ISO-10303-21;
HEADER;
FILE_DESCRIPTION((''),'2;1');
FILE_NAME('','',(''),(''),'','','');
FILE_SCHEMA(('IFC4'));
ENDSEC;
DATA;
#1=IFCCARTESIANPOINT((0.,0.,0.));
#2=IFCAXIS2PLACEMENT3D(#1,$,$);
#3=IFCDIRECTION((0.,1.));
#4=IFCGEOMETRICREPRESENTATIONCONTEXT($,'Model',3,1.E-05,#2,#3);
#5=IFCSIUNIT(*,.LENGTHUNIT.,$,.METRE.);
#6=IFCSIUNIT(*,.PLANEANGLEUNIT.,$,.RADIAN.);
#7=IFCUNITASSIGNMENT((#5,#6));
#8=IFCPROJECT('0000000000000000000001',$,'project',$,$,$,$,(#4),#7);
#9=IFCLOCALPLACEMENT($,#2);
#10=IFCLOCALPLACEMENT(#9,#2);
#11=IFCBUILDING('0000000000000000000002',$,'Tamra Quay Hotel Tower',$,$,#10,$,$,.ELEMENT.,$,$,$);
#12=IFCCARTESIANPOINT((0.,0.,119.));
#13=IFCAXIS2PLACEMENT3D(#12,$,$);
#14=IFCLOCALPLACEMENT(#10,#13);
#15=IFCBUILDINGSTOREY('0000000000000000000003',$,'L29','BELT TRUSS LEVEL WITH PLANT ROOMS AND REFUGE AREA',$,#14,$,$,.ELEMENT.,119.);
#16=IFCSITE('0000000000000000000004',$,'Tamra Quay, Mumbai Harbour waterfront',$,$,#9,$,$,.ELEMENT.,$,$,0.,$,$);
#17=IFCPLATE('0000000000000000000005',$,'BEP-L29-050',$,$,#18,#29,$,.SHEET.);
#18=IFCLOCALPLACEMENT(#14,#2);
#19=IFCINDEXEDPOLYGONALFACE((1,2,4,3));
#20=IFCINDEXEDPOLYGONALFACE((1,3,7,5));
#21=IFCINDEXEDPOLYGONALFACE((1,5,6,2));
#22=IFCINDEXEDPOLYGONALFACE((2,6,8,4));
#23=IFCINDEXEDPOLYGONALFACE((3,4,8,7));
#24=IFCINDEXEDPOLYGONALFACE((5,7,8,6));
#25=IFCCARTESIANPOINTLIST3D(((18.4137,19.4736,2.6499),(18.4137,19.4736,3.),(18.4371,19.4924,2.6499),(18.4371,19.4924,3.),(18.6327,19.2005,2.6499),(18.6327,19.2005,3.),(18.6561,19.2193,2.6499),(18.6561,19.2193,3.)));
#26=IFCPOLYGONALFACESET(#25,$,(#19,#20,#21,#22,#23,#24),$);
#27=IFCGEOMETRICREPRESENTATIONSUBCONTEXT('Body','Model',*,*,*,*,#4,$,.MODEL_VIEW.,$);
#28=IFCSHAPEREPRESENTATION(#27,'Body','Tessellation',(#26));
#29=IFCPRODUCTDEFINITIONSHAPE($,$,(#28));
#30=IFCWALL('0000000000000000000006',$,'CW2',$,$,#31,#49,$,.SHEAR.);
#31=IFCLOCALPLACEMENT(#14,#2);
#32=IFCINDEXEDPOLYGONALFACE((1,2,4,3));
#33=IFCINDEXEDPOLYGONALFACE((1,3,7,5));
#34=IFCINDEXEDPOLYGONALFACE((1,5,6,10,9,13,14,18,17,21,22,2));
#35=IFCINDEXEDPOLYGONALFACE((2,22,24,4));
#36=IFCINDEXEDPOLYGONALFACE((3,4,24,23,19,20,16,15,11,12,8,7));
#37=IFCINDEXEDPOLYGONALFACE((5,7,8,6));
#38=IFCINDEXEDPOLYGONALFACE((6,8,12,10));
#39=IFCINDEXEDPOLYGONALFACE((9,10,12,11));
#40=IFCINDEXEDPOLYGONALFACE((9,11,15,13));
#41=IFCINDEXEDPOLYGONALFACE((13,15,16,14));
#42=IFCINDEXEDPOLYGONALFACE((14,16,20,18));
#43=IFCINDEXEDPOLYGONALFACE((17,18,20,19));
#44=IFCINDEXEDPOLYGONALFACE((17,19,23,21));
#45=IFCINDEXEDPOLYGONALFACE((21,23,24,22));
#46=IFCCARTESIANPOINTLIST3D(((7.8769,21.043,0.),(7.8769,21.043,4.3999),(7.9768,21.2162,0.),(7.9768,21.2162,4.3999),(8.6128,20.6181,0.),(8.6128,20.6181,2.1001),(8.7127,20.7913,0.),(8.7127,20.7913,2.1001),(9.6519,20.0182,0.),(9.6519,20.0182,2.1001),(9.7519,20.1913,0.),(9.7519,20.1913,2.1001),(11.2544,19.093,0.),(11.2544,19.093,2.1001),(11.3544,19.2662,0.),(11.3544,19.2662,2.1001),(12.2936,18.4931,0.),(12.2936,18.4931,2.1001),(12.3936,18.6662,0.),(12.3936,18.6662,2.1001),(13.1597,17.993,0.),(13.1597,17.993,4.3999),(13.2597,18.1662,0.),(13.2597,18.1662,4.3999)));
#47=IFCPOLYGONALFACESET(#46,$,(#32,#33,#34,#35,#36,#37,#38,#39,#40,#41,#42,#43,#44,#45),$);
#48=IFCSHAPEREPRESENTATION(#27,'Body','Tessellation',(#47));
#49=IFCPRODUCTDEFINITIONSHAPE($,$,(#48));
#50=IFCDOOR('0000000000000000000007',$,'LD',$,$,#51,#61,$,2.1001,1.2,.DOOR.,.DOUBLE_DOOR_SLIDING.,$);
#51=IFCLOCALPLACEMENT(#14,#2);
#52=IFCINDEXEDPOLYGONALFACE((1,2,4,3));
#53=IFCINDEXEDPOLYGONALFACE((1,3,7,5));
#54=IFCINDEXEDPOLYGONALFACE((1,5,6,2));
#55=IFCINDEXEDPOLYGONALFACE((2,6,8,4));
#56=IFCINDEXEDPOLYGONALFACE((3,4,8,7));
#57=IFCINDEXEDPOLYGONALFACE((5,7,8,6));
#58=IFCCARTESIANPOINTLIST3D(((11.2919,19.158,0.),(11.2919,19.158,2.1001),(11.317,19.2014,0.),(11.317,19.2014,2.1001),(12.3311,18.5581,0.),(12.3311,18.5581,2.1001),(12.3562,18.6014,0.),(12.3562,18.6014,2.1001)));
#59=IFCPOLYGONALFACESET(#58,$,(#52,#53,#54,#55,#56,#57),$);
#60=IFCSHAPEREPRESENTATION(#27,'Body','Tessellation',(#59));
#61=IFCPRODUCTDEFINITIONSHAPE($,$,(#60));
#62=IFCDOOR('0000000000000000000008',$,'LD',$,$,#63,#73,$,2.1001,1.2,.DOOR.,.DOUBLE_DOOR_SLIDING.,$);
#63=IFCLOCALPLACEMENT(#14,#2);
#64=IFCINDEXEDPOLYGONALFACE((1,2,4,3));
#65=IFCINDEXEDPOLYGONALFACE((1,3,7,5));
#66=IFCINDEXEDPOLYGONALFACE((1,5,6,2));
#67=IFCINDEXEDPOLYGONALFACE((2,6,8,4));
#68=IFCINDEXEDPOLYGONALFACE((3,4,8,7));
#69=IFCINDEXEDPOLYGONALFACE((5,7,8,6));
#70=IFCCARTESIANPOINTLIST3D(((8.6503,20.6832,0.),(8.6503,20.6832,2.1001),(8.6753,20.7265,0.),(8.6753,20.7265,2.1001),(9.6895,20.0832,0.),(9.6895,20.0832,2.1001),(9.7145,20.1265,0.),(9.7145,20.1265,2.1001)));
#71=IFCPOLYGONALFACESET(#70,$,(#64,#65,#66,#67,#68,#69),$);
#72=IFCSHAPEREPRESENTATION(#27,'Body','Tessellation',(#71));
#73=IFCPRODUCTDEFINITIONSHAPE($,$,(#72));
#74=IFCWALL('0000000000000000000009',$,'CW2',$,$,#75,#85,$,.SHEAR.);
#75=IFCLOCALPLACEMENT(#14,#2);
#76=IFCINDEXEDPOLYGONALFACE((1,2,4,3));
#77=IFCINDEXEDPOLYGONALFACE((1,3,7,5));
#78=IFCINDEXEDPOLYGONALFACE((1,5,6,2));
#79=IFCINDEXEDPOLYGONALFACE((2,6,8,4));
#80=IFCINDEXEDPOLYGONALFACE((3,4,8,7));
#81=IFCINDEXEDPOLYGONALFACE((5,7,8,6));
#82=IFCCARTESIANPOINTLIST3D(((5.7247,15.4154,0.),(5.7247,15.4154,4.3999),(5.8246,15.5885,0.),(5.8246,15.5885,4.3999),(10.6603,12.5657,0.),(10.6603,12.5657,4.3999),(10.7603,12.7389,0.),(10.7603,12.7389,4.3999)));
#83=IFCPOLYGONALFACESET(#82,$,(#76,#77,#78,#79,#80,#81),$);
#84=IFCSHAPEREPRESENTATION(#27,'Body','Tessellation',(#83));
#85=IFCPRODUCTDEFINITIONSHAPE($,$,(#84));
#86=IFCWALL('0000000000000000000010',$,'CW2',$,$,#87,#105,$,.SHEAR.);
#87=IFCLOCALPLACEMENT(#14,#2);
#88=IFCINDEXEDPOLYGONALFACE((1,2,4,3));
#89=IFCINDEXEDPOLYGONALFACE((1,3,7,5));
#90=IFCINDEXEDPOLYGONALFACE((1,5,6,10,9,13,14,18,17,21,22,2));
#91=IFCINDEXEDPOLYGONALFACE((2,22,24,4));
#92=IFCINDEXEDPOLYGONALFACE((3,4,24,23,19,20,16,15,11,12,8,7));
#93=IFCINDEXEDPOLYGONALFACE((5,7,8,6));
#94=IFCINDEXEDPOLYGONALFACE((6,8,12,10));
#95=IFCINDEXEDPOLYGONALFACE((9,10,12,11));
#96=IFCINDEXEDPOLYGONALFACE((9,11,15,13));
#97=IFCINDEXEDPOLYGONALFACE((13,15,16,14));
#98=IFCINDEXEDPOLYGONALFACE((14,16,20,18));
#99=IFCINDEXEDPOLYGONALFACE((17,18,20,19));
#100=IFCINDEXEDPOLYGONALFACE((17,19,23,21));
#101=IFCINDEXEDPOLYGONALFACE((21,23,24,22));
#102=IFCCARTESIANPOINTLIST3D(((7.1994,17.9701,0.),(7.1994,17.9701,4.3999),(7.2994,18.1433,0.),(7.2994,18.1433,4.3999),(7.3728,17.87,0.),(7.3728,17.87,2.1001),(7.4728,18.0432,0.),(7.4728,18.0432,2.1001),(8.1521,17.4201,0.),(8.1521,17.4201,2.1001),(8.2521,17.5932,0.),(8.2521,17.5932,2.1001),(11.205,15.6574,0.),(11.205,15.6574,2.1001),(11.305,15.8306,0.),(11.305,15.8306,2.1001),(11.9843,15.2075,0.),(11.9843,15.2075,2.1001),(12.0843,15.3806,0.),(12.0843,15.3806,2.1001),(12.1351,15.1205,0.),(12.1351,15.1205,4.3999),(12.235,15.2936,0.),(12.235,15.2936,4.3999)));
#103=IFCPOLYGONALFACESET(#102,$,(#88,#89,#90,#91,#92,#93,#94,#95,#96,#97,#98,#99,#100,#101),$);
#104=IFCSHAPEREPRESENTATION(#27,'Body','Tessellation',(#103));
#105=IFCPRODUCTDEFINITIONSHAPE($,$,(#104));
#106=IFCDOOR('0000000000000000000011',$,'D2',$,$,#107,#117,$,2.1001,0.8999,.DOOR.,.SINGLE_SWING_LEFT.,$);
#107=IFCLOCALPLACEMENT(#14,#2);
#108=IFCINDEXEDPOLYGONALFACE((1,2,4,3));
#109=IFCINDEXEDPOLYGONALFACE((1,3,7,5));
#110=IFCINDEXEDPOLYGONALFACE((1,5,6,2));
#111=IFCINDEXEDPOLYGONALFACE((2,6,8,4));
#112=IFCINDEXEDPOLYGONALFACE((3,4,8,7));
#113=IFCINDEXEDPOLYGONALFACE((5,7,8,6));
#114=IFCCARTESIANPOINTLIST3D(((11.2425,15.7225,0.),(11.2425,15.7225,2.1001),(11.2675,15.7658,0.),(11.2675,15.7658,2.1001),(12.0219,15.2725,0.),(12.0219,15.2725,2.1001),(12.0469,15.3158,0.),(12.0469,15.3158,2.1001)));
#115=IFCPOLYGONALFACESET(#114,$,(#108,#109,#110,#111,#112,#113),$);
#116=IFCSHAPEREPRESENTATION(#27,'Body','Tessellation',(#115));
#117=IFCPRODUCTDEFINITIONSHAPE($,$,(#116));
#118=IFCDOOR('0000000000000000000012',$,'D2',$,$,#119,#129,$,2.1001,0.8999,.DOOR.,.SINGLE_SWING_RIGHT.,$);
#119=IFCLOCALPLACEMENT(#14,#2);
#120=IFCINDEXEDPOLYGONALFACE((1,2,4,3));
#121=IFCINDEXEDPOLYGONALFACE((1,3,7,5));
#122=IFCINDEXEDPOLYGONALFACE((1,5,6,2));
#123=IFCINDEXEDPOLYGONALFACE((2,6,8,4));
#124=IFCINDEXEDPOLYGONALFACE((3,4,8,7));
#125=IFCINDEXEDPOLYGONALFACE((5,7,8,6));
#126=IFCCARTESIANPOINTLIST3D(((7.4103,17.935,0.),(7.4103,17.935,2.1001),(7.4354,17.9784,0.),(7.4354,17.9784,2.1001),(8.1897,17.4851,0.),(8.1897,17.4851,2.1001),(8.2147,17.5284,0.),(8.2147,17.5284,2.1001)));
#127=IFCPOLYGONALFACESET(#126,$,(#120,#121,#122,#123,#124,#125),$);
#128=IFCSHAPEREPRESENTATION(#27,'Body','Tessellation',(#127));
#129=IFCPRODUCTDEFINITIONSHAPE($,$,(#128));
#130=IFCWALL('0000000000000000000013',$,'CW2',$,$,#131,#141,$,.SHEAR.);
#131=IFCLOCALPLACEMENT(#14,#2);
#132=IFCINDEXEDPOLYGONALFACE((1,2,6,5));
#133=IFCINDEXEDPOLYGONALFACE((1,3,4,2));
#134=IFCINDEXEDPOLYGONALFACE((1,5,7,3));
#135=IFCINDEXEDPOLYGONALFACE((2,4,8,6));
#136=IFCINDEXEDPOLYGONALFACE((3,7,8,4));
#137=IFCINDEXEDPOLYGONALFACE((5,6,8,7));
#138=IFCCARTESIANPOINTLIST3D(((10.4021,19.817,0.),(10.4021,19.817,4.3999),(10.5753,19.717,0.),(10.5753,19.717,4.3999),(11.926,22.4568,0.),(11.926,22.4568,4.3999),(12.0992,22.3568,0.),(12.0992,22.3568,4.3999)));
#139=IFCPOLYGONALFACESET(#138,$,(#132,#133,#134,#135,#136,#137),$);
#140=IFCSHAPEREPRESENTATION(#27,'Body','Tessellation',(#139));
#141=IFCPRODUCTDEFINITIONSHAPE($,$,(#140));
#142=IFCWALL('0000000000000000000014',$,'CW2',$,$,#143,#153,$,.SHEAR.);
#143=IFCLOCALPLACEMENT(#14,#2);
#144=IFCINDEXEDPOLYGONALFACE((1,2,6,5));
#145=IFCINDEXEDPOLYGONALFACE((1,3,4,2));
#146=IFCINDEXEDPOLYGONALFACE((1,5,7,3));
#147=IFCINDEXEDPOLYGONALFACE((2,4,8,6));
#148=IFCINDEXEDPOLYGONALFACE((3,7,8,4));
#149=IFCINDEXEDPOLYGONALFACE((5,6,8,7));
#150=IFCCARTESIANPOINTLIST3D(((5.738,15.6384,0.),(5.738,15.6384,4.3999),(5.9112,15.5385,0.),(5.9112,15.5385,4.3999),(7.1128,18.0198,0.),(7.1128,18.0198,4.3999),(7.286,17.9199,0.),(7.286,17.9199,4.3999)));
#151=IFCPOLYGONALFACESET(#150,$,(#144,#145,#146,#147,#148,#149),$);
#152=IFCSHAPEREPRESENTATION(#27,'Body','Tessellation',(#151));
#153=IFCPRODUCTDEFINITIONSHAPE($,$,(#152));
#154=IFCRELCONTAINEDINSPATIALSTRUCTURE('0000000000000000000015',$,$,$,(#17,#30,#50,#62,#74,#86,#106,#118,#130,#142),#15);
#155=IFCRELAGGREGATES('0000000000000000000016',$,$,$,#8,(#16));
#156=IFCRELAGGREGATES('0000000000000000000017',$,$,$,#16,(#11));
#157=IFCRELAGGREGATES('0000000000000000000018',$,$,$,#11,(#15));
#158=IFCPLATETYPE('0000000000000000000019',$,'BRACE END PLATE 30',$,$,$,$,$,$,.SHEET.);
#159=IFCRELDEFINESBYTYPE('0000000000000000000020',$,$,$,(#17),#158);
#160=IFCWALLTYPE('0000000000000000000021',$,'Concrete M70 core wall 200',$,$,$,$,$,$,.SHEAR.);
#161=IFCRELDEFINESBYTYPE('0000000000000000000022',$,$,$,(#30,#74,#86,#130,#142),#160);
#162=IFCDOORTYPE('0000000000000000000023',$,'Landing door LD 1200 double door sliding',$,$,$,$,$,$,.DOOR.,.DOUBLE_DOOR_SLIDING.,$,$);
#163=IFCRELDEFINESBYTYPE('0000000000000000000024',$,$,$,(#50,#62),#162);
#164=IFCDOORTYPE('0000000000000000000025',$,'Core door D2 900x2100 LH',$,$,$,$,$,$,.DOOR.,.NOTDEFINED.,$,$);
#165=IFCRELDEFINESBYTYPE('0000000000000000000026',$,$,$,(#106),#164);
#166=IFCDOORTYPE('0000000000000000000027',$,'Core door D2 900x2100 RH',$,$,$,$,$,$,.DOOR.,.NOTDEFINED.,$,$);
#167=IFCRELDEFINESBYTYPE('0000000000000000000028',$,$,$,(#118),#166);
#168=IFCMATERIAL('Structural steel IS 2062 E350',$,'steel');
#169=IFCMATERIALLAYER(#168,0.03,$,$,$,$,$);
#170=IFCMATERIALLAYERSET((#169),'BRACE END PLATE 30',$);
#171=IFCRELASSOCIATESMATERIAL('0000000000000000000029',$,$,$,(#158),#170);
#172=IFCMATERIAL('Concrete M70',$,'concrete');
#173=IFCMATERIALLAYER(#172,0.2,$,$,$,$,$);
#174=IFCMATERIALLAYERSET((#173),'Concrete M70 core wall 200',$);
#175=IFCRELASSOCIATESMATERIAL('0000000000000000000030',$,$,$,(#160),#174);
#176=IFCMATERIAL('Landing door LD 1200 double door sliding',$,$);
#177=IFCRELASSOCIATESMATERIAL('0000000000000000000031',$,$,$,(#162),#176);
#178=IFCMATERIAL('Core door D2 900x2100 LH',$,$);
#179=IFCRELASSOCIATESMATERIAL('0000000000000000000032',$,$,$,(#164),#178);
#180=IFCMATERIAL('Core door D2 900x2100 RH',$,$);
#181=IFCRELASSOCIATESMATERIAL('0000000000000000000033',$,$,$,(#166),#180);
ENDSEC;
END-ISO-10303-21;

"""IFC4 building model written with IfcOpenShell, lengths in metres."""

from ifc_helpers import new_model, si_unit, direction, frame, frame_2d, origin, origin_2d, place, context, subcontext, project, spatial, rectangle, extrude, material, layer, layer_set, type_object, element, fill, save


model = new_model("IFC4")

# Units and contexts
model_context = context("Model", 3, precision=1e-05, world=origin(), true_north=direction((0.0, 1.0)))
body_context = subcontext(model_context, "Body", "Model", "MODEL_VIEW")
ifc_project = project(units=[si_unit("LENGTHUNIT", "METRE"), si_unit("PLANEANGLEUNIT", "RADIAN")], contexts=[model_context])

# Site, building, storey
site_placement = place(None, origin())
site = spatial("IfcSite", under=ifc_project, at=site_placement, Name="Tamra Quay, Mumbai Harbour waterfront", CompositionType="ELEMENT", RefElevation=0.0)
building_placement = place(site_placement, origin())
building = spatial("IfcBuilding", under=site, at=building_placement, Name="Tamra Quay Hotel Tower", CompositionType="ELEMENT")
storey_placement = place(building_placement, frame((0.0, 0.0, 119.0)))
storey = spatial("IfcBuildingStorey", under=building, at=storey_placement, Name="L29", Description="BELT TRUSS LEVEL WITH PLANT ROOMS AND REFUGE AREA", CompositionType="ELEMENT", Elevation=119.0)

# Shared definitions
ifc_material_1 = material(Name="Structural steel IS 2062 E350", Category="steel")

# Plate
ifc_layer_1 = layer(ifc_material_1, 0.03)
ifc_layer_set_1 = layer_set([ifc_layer_1], Name="BRACE END PLATE 30")
plate_type = type_object("IfcPlateType", Name="BRACE END PLATE 30", PredefinedType="SHEET", material=ifc_layer_set_1)
for number, where, z_axis, x_axis, name in (
    (1, (18.5349, 19.3464, 2.6499), (0.0, 0.0, 1.0), (0.780221, 0.625504, 0.0), "BEP-L29-050"),
):
    element("IfcPlate", number, at=place(storey_placement, frame(where, z_axis=z_axis, x_axis=x_axis)), inside=storey, type_object=plate_type, Name=name, PredefinedType="SHEET", context=body_context, shape_type="SweptSolid", body=[
        extrude(rectangle(XDim=0.03, YDim=0.3501, at=origin_2d()), origin(), (0.0, 0.0, 1.0), 0.3501),
    ])

# Wall, openings, doors
ifc_material_2 = material(Name="Concrete M70", Category="concrete")
ifc_layer_2 = layer(ifc_material_2, 0.2)
ifc_layer_set_2 = layer_set([ifc_layer_2], Name="Concrete M70 core wall 200")
wall_type_1 = type_object("IfcWallType", Name="Concrete M70 core wall 200", PredefinedType="SHEAR", material=ifc_layer_set_2)
wall_1_placement = place(storey_placement, frame((13.2097, 18.0796, 0.0), z_axis=(0.0, 0.0, 1.0), x_axis=(-0.86603, 0.499992, 0.0)))
wall_1 = element("IfcWall", 2, at=wall_1_placement, inside=storey, type_object=wall_type_1, Name="CW2", PredefinedType="SHEAR", context=body_context, shape_type="SweptSolid", body=[
    extrude(rectangle(XDim=6.1001, YDim=0.2, at=frame_2d((3.05, 0.0))), origin(), (0.0, 0.0, 1.0), 4.3999),
])
opening_1_placement = place(wall_1_placement, frame((1.0, 0.0, 0.0)))
opening_1 = element("IfcOpeningElement", 3, at=opening_1_placement, cuts=wall_1, PredefinedType="OPENING", context=body_context, shape_type="SweptSolid", body=[
    extrude(rectangle(XDim=1.2, YDim=2.1001, at=frame_2d((0.6001, 1.05))), frame((0.0, 0.1099, 0.0), z_axis=(0.0, -1.0, 0.0), x_axis=(1.0, 0.0, 0.0)), (0.0, 0.0, 1.0), 0.22),
])
opening_2_placement = place(wall_1_placement, frame((4.0503, 0.0, 0.0)))
opening_2 = element("IfcOpeningElement", 4, at=opening_2_placement, cuts=wall_1, PredefinedType="OPENING", context=body_context, shape_type="SweptSolid", body=[
    extrude(rectangle(XDim=1.2, YDim=2.1001, at=frame_2d((0.6001, 1.05))), frame((0.0, 0.1099, 0.0), z_axis=(0.0, -1.0, 0.0), x_axis=(1.0, 0.0, 0.0)), (0.0, 0.0, 1.0), 0.22),
])
ifc_material_3 = material(Name="Landing door LD 1200 double door sliding")
door_type_1 = type_object("IfcDoorType", Name="Landing door LD 1200 double door sliding", OperationType="DOUBLE_DOOR_SLIDING", PredefinedType="DOOR", material=ifc_material_3)
door_1_placement = place(opening_1_placement, origin())
door_1 = element("IfcDoor", 5, at=door_1_placement, inside=storey, type_object=door_type_1, Name="LD", OperationType="DOUBLE_DOOR_SLIDING", OverallHeight=2.1001, OverallWidth=1.2, PredefinedType="DOOR", context=body_context, shape_type="SweptSolid", body=[
    extrude(rectangle(XDim=1.2, YDim=2.1001, at=frame_2d((0.6001, 1.05))), frame((0.0, 0.0249, 0.0), z_axis=(0.0, -1.0, 0.0), x_axis=(1.0, 0.0, 0.0)), (0.0, 0.0, 1.0), 0.05),
])
fill(opening_1, door_1)
door_2_placement = place(opening_2_placement, origin())
door_2 = element("IfcDoor", 6, at=door_2_placement, inside=storey, type_object=door_type_1, Name="LD", OperationType="DOUBLE_DOOR_SLIDING", OverallHeight=2.1001, OverallWidth=1.2, PredefinedType="DOOR", context=body_context, shape_type="SweptSolid", body=[
    extrude(rectangle(XDim=1.2, YDim=2.1001, at=frame_2d((0.6001, 1.05))), frame((0.0, 0.0249, 0.0), z_axis=(0.0, -1.0, 0.0), x_axis=(1.0, 0.0, 0.0)), (0.0, 0.0, 1.0), 0.05),
])
fill(opening_2, door_2)

# Wall
wall_2_placement = place(storey_placement, frame((5.7747, 15.502, 0.0), z_axis=(0.0, 0.0, 1.0), x_axis=(0.86602, -0.500009, 0.0)))
element("IfcWall", 7, at=wall_2_placement, inside=storey, type_object=wall_type_1, Name="CW2", PredefinedType="SHEAR", context=body_context, shape_type="SweptSolid", body=[
    extrude(rectangle(XDim=5.6992, YDim=0.2, at=frame_2d((2.8496, 0.0))), origin(), (0.0, 0.0, 1.0), 4.3999),
])

# Wall, openings, doors
wall_3_placement = place(storey_placement, frame((12.1851, 15.207, 0.0), z_axis=(0.0, 0.0, 1.0), x_axis=(-0.86602, 0.500009, 0.0)))
wall_3 = element("IfcWall", 8, at=wall_3_placement, inside=storey, type_object=wall_type_1, Name="CW2", PredefinedType="SHEAR", context=body_context, shape_type="SweptSolid", body=[
    extrude(rectangle(XDim=5.6992, YDim=0.2, at=frame_2d((2.8496, 0.0))), origin(), (0.0, 0.0, 1.0), 4.3999),
])
opening_3_placement = place(wall_3_placement, frame((0.1741, 0.0, 0.0)))
opening_3 = element("IfcOpeningElement", 9, at=opening_3_placement, cuts=wall_3, PredefinedType="OPENING", context=body_context, shape_type="SweptSolid", body=[
    extrude(rectangle(XDim=0.8999, YDim=2.1001, at=frame_2d((0.45, 1.05))), frame((0.0, 0.1099, 0.0), z_axis=(0.0, -1.0, 0.0), x_axis=(1.0, 0.0, 0.0)), (0.0, 0.0, 1.0), 0.22),
])
opening_4_placement = place(wall_3_placement, frame((4.5991, 0.0, 0.0)))
opening_4 = element("IfcOpeningElement", 10, at=opening_4_placement, cuts=wall_3, PredefinedType="OPENING", context=body_context, shape_type="SweptSolid", body=[
    extrude(rectangle(XDim=0.8999, YDim=2.1001, at=frame_2d((0.45, 1.05))), frame((0.0, 0.1099, 0.0), z_axis=(0.0, -1.0, 0.0), x_axis=(1.0, 0.0, 0.0)), (0.0, 0.0, 1.0), 0.22),
])
ifc_material_4 = material(Name="Core door D2 900x2100 LH")
door_type_2 = type_object("IfcDoorType", Name="Core door D2 900x2100 LH", OperationType="NOTDEFINED", PredefinedType="DOOR", material=ifc_material_4)
door_3_placement = place(opening_3_placement, origin())
door_3 = element("IfcDoor", 11, at=door_3_placement, inside=storey, type_object=door_type_2, Name="D2", OperationType="SINGLE_SWING_LEFT", OverallHeight=2.1001, OverallWidth=0.8999, PredefinedType="DOOR", context=body_context, shape_type="SweptSolid", body=[
    extrude(rectangle(XDim=0.8999, YDim=2.1001, at=frame_2d((0.45, 1.05))), frame((0.0, 0.0249, 0.0), z_axis=(0.0, -1.0, 0.0), x_axis=(1.0, 0.0, 0.0)), (0.0, 0.0, 1.0), 0.05),
])
fill(opening_3, door_3)
ifc_material_5 = material(Name="Core door D2 900x2100 RH")
door_type_3 = type_object("IfcDoorType", Name="Core door D2 900x2100 RH", OperationType="NOTDEFINED", PredefinedType="DOOR", material=ifc_material_5)
door_4_placement = place(opening_4_placement, origin())
door_4 = element("IfcDoor", 12, at=door_4_placement, inside=storey, type_object=door_type_3, Name="D2", OperationType="SINGLE_SWING_RIGHT", OverallHeight=2.1001, OverallWidth=0.8999, PredefinedType="DOOR", context=body_context, shape_type="SweptSolid", body=[
    extrude(rectangle(XDim=0.8999, YDim=2.1001, at=frame_2d((0.45, 1.05))), frame((0.0, 0.0249, 0.0), z_axis=(0.0, -1.0, 0.0), x_axis=(1.0, 0.0, 0.0)), (0.0, 0.0, 1.0), 0.05),
])
fill(opening_4, door_4)

# Walls
wall_4_placement = place(storey_placement, frame((10.4888, 19.7671, 0.0), z_axis=(0.0, 0.0, 1.0), x_axis=(0.499947, 0.866056, 0.0)))
element("IfcWall", 13, at=wall_4_placement, inside=storey, type_object=wall_type_1, Name="CW2", PredefinedType="SHEAR", context=body_context, shape_type="SweptSolid", body=[
    extrude(rectangle(XDim=3.0481, YDim=0.2, at=frame_2d((1.5239, 0.0))), origin(), (0.0, 0.0, 1.0), 4.3999),
])
wall_5_placement = place(storey_placement, frame((7.1995, 17.97, 0.0), z_axis=(0.0, 0.0, 1.0), x_axis=(-0.499968, -0.866044, 0.0)))
element("IfcWall", 14, at=wall_5_placement, inside=storey, type_object=wall_type_1, Name="CW2", PredefinedType="SHEAR", context=body_context, shape_type="SweptSolid", body=[
    extrude(rectangle(XDim=2.7498, YDim=0.2, at=frame_2d((1.375, 0.0))), origin(), (0.0, 0.0, 1.0), 4.3999),
])

save(model, "model.ifc")
